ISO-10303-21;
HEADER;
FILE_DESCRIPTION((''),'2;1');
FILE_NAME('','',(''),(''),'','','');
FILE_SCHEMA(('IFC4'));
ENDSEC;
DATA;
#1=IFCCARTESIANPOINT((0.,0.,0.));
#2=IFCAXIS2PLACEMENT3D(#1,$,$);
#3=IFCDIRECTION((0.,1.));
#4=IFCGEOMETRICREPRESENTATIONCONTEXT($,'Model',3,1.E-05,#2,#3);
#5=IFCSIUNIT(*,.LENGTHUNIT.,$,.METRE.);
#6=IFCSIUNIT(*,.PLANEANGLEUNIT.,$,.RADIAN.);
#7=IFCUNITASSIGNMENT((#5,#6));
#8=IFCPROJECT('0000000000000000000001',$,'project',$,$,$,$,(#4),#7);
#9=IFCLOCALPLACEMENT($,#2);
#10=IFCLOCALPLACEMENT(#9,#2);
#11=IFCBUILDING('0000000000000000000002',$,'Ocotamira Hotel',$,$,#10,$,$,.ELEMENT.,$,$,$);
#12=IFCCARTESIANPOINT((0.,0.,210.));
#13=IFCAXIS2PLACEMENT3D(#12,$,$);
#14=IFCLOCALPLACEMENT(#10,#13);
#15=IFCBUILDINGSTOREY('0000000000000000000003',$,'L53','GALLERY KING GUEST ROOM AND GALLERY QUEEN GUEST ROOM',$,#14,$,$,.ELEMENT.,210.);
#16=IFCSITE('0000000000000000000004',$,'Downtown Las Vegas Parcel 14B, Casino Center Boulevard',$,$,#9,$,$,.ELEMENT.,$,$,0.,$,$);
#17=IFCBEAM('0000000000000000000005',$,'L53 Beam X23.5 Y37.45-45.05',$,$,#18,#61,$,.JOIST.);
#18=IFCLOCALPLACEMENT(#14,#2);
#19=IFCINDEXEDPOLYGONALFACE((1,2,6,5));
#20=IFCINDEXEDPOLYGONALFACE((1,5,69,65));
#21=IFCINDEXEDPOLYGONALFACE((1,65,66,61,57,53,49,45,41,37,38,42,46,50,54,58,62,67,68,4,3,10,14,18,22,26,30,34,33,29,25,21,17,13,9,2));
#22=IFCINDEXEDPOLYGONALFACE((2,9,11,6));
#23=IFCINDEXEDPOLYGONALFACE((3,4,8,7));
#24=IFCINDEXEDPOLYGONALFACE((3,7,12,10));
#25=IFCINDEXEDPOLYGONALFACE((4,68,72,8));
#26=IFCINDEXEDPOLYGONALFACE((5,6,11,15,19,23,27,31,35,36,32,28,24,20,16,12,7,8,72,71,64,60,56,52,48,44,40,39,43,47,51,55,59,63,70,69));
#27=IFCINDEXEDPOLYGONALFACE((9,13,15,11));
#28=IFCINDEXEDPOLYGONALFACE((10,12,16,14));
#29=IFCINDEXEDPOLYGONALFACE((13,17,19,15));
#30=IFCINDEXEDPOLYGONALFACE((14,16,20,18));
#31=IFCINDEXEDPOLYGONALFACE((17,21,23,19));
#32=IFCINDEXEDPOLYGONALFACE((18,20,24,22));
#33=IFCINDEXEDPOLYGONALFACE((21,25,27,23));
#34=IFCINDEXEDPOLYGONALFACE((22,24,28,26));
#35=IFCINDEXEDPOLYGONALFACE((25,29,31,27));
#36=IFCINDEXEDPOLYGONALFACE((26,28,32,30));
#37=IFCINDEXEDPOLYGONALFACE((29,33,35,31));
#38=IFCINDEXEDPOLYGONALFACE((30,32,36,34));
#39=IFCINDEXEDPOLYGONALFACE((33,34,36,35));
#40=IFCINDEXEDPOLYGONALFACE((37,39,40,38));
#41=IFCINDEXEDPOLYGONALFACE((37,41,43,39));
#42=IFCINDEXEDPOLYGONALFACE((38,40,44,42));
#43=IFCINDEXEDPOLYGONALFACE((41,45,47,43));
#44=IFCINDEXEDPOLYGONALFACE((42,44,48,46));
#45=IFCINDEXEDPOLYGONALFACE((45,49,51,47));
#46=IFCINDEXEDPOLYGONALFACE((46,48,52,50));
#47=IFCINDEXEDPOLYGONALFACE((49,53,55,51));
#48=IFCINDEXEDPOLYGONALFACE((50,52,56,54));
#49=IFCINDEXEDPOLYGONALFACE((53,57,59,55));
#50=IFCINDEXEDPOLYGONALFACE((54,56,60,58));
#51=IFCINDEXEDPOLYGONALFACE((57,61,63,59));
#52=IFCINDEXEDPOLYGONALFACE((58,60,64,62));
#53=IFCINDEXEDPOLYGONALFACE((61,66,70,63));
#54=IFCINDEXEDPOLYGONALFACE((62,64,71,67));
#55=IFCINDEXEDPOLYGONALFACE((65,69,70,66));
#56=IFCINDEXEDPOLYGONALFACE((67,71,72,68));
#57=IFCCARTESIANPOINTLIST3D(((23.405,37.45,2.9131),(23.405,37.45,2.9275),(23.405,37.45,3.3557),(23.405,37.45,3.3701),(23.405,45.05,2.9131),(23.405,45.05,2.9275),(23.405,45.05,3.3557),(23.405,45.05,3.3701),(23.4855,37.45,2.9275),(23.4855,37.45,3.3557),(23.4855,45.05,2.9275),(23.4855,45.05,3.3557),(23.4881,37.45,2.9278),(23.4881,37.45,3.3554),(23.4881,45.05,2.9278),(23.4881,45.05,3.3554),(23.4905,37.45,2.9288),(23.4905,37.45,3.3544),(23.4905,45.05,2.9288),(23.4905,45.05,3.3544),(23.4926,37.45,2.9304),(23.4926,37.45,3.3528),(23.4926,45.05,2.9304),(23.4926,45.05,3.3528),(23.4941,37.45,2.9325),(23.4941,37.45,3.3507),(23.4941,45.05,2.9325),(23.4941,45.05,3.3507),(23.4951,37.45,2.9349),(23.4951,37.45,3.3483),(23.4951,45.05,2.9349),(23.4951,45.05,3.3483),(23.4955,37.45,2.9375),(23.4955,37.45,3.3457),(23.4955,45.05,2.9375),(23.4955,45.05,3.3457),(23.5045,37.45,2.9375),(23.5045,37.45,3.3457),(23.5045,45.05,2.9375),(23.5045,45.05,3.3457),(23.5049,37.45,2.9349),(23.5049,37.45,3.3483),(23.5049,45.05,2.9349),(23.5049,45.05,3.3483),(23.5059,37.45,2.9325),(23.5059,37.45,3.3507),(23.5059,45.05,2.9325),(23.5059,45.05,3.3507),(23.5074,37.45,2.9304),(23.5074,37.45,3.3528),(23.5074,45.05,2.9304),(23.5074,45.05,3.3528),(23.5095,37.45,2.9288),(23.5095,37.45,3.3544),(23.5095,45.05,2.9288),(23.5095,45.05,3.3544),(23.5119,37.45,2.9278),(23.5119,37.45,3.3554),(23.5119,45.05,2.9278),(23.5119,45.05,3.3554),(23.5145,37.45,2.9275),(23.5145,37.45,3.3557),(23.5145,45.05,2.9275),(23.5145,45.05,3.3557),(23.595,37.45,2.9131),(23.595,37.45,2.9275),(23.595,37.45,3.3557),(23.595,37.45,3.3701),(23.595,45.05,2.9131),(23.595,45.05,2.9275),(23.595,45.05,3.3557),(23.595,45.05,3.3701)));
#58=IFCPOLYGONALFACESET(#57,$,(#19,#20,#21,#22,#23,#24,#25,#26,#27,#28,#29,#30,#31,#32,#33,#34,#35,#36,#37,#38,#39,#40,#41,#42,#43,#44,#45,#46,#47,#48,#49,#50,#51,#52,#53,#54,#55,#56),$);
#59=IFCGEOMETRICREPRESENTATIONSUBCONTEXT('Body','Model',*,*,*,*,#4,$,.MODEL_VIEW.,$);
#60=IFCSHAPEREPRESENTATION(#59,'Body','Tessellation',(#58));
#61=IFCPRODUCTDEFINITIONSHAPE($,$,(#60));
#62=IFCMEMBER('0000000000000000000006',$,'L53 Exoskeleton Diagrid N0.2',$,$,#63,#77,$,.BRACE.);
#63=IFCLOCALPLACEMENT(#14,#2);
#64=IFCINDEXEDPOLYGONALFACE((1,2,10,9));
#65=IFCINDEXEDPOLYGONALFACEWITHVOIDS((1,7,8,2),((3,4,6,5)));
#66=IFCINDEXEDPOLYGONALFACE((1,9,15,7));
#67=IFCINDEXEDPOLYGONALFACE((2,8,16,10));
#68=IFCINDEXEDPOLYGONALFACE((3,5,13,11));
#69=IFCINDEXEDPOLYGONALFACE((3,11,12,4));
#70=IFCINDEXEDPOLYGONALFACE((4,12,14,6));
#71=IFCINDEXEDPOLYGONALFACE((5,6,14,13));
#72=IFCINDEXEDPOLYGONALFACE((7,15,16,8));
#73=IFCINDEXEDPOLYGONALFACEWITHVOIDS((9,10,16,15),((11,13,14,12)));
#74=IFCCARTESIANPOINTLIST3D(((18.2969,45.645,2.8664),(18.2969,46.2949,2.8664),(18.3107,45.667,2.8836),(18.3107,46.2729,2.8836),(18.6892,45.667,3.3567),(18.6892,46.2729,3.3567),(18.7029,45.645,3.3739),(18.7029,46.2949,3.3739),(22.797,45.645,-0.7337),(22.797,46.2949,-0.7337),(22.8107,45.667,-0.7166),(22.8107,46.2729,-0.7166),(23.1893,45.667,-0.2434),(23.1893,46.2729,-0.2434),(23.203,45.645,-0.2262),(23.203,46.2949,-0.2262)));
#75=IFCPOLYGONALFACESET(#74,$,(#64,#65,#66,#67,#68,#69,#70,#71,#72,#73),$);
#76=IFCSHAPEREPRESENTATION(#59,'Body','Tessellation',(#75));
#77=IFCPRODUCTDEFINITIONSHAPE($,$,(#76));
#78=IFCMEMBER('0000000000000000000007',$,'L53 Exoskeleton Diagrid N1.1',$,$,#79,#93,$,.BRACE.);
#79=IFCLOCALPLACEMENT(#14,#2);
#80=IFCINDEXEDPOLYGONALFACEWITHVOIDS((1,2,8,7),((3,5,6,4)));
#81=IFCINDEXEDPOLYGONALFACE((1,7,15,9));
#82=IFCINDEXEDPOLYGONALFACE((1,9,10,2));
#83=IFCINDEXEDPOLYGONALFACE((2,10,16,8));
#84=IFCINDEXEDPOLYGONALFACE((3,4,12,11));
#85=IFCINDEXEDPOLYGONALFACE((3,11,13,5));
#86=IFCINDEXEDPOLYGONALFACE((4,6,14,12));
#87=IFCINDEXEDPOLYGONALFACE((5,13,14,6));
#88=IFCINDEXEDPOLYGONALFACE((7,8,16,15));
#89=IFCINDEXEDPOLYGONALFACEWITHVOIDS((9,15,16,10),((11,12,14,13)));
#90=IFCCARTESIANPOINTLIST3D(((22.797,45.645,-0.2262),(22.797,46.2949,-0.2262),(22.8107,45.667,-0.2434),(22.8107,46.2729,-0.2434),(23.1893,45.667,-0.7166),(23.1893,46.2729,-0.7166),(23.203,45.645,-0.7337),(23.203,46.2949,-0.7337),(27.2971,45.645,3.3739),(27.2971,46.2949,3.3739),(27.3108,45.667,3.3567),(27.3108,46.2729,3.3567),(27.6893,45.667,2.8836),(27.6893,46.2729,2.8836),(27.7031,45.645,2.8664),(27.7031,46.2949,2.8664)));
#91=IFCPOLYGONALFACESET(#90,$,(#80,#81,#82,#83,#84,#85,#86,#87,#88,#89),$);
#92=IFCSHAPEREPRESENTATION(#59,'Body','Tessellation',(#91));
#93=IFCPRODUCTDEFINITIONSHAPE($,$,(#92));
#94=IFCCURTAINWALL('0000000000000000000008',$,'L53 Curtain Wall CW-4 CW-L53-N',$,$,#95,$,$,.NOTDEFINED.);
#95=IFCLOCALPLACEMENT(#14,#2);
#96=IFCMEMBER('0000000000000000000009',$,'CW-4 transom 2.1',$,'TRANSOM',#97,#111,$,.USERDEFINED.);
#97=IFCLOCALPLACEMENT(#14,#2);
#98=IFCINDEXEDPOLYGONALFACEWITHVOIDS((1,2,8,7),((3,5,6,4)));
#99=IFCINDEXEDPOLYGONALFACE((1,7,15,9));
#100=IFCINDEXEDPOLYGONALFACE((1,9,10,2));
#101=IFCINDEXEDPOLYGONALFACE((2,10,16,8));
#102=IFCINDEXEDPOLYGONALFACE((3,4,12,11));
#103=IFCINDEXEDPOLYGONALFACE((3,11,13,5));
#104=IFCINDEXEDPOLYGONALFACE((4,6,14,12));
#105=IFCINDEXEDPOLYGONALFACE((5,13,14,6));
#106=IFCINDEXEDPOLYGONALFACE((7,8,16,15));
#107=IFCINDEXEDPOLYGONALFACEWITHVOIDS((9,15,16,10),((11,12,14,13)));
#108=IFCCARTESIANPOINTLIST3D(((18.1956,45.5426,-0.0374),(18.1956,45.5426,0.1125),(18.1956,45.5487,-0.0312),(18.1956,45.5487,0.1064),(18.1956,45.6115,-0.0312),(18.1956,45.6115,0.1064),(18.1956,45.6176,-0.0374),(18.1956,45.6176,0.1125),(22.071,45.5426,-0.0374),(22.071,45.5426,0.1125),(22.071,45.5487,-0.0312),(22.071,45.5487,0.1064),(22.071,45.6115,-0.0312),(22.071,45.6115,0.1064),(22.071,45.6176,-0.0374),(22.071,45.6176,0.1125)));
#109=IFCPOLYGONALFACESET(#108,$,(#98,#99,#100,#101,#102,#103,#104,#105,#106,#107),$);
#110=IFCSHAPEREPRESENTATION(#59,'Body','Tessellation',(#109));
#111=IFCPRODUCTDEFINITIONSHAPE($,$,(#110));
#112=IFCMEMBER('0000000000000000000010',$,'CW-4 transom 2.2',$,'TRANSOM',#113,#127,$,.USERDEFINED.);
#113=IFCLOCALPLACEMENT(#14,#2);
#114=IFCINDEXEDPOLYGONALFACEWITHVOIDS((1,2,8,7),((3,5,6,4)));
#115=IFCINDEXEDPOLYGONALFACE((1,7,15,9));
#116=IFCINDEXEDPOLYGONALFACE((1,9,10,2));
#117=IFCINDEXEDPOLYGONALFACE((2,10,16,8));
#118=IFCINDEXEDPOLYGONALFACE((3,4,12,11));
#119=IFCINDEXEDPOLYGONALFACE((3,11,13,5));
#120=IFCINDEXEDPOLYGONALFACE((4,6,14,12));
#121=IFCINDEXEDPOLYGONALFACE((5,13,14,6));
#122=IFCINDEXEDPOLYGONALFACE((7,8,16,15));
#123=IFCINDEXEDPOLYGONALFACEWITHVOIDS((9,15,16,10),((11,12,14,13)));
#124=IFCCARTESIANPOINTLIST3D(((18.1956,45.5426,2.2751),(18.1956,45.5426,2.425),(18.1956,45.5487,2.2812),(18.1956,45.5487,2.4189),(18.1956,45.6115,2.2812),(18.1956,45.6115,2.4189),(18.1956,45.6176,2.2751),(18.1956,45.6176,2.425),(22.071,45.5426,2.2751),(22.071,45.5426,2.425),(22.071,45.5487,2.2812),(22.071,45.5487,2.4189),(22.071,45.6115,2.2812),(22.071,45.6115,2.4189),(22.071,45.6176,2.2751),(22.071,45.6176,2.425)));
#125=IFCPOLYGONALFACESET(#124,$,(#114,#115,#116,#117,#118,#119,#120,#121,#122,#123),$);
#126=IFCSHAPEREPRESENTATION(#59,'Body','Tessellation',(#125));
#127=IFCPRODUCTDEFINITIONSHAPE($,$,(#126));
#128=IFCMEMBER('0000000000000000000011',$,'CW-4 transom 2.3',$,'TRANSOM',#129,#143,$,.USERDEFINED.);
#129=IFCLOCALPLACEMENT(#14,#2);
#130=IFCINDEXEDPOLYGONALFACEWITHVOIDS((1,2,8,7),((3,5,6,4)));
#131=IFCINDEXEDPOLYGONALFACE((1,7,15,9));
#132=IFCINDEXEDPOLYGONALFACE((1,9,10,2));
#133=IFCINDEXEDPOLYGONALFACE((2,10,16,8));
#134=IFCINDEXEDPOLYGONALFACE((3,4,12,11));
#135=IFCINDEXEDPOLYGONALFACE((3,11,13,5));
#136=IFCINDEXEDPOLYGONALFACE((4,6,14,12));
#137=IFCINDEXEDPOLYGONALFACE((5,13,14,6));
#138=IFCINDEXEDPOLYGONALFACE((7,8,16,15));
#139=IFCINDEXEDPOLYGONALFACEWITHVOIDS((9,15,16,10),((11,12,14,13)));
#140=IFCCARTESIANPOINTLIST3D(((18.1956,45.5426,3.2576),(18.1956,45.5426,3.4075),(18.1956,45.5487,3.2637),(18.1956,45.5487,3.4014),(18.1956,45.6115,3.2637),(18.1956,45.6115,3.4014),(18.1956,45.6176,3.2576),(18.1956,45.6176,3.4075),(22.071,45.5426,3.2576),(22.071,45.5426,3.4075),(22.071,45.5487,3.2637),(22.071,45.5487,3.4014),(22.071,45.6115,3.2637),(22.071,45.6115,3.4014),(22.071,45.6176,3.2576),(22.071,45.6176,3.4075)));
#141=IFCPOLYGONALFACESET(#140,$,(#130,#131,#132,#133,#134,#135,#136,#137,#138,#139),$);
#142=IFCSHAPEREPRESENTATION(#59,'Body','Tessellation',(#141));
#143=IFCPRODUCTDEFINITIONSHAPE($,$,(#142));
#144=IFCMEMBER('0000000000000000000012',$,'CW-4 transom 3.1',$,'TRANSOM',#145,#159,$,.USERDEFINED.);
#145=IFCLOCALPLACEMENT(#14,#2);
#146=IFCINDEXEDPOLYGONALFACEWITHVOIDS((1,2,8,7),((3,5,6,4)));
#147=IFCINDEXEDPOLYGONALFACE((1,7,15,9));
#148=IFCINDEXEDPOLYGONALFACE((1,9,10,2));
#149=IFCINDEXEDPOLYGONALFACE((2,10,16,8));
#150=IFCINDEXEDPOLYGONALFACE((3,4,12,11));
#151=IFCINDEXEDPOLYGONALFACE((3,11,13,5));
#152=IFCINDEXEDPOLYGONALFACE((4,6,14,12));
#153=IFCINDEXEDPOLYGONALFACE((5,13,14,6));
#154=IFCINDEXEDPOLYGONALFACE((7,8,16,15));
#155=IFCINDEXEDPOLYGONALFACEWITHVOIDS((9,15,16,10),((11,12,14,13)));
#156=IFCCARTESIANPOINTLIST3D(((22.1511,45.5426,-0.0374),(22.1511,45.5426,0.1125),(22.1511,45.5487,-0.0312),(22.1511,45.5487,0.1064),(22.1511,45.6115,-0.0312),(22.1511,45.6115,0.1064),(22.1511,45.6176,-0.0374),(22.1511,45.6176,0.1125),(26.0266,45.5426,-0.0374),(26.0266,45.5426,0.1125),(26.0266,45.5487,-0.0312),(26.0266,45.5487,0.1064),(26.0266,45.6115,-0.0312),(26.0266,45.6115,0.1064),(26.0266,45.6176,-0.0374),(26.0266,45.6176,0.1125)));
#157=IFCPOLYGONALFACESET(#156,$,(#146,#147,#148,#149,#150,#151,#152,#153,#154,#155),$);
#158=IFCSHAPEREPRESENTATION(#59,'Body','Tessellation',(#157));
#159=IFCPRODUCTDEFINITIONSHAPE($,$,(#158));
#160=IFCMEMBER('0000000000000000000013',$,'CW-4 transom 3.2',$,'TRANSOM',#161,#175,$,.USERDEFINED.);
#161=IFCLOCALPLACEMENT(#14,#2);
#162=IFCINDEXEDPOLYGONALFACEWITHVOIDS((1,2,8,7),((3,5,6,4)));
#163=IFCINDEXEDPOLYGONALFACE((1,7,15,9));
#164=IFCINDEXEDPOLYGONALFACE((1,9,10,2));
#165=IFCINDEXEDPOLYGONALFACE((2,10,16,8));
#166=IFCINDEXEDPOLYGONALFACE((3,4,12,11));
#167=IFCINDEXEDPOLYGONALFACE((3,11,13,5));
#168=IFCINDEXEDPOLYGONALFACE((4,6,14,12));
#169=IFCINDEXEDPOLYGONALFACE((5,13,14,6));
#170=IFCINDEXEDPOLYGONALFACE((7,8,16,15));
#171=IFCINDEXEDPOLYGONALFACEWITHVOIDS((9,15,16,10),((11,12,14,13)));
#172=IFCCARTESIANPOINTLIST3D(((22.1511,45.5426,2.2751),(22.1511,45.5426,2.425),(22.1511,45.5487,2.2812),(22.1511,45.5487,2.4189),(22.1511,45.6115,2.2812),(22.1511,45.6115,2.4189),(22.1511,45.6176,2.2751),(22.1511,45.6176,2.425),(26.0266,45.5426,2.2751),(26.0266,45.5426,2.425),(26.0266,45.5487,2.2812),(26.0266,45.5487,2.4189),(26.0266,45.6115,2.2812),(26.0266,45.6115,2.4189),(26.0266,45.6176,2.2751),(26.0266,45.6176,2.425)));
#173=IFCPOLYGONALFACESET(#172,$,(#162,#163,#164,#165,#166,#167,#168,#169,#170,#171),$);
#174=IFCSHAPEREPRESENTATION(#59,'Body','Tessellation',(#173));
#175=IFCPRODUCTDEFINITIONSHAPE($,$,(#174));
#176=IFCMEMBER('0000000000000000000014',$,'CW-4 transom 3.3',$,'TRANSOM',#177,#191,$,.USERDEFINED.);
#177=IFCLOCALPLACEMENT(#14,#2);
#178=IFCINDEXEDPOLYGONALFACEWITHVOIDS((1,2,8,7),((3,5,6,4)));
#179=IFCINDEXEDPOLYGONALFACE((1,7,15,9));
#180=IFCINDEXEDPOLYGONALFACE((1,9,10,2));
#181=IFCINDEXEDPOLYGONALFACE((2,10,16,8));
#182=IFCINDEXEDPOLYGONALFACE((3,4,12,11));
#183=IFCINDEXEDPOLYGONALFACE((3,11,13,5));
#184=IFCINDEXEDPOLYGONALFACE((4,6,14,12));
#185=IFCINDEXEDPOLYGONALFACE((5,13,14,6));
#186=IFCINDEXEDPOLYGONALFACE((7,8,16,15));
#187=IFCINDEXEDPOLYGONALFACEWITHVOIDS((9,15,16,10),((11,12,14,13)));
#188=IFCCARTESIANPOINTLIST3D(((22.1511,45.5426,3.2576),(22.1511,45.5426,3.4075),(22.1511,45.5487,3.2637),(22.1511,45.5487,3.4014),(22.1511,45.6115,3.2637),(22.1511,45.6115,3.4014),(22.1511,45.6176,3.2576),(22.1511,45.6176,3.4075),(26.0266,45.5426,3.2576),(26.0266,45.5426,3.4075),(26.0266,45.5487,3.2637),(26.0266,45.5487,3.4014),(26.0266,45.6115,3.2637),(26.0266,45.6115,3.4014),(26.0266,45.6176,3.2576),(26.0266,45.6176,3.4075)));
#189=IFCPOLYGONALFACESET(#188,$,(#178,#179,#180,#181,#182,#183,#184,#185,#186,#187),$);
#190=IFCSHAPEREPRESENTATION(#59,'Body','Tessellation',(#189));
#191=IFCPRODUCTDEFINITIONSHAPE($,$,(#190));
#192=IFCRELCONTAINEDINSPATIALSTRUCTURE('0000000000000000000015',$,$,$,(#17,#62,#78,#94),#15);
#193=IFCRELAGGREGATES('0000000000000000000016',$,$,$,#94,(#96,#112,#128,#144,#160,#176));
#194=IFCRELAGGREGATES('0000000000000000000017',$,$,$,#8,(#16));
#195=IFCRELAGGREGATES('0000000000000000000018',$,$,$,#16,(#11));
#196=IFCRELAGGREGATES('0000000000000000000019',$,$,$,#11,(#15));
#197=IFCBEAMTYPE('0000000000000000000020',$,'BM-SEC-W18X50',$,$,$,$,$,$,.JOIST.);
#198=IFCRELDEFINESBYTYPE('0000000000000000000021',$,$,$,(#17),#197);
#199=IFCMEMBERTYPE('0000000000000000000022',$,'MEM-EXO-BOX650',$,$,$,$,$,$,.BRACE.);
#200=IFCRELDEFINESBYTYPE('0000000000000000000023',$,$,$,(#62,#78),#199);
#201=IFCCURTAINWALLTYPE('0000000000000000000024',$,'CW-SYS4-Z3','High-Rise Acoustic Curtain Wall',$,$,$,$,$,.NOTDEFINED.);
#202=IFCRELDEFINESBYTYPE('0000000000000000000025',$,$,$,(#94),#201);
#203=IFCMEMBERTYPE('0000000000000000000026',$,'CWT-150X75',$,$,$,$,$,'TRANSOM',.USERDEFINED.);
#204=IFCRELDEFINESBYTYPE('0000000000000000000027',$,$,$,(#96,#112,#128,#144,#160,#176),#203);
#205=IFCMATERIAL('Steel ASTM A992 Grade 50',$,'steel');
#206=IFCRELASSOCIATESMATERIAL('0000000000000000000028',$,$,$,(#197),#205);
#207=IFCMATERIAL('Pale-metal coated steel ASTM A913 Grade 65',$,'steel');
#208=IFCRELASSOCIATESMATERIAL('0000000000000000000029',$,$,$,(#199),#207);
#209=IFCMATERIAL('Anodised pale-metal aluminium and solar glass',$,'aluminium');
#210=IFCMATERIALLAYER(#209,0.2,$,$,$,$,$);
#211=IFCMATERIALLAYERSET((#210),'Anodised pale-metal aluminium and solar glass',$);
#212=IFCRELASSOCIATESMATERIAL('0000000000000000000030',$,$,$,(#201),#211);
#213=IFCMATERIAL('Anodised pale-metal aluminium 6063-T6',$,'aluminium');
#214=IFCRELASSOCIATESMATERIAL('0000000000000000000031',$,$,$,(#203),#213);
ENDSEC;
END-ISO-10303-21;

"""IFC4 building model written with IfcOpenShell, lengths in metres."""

from ifc_helpers import new_model, si_unit, direction, frame, origin, origin_2d, place, context, subcontext, project, spatial, hollow_rectangle, i_section, extrude, source, transform, mapped, material, layer, layer_set, material_profile, profile_set, type_object, element, aggregate, save


model = new_model("IFC4")

# Units and contexts
model_context = context("Model", 3, precision=1e-05, world=origin(), true_north=direction((0.0, 1.0)))
body_context = subcontext(model_context, "Body", "Model", "MODEL_VIEW")
ifc_project = project(units=[si_unit("LENGTHUNIT", "METRE"), si_unit("PLANEANGLEUNIT", "RADIAN")], contexts=[model_context])

# Site, building, storey
site_placement = place(None, origin())
site = spatial("IfcSite", under=ifc_project, at=site_placement, Name="Downtown Las Vegas Parcel 14B, Casino Center Boulevard", CompositionType="ELEMENT", RefElevation=0.0)
building_placement = place(site_placement, origin())
building = spatial("IfcBuilding", under=site, at=building_placement, Name="Ocotamira Hotel", CompositionType="ELEMENT")
storey_placement = place(building_placement, frame((0.0, 0.0, 210.0)))
storey = spatial("IfcBuildingStorey", under=building, at=storey_placement, Name="L53", Description="GALLERY KING GUEST ROOM AND GALLERY QUEEN GUEST ROOM", CompositionType="ELEMENT", Elevation=210.0)

# Beam
ifc_material_1 = material(Name="Steel ASTM A992 Grade 50", Category="steel")
ifc_material_profile_1 = material_profile(ifc_material_1, i_section(OverallWidth=0.1899, OverallDepth=0.457, WebThickness=0.009, FlangeThickness=0.0144, FilletRadius=0.01, at=origin_2d()), Name="W18X50")
ifc_profile_set_1 = profile_set([ifc_material_profile_1], Name="Steel ASTM A992 Grade 50")
beam_type_1 = type_object("IfcBeamType", Name="BM-SEC-W18X50", PredefinedType="JOIST", material=ifc_profile_set_1)
shared_shape_1 = source(origin(), body_context, "Body", "SweptSolid", [
    extrude(i_section(OverallWidth=0.1899, OverallDepth=0.457, WebThickness=0.009, FlangeThickness=0.0144, FilletRadius=0.01, at=origin_2d()), origin(), (0.0, 0.0, 1.0), 7.6001),
])
beam_1_placement = place(storey_placement, frame((23.5, 37.45, 3.1416), z_axis=(0.0, 1.0, 0.0), x_axis=(-1.0, 0.0, 0.0)))
element("IfcBeam", 1, at=beam_1_placement, inside=storey, type_object=beam_type_1, Name="L53 Beam X23.5 Y37.45-45.05", PredefinedType="JOIST", context=body_context, shape_type="MappedRepresentation", body=[
    mapped(shared_shape_1, transform((0.0, 0.0, 0.0), scale=1.0)),
])

# Members
ifc_material_2 = material(Name="Pale-metal coated steel ASTM A913 Grade 65", Category="steel")
ifc_material_profile_2 = material_profile(ifc_material_2, hollow_rectangle(XDim=0.6499, YDim=0.6499, WallThickness=0.022, at=origin_2d()), Name="BOX650X650X22")
ifc_profile_set_2 = profile_set([ifc_material_profile_2], Name="Pale-metal coated steel ASTM A913 Grade 65")
member_type_1 = type_object("IfcMemberType", Name="MEM-EXO-BOX650", PredefinedType="BRACE", material=ifc_profile_set_2)
shared_shape_2 = source(origin(), body_context, "Body", "SweptSolid", [
    extrude(hollow_rectangle(XDim=0.6499, YDim=0.6499, WallThickness=0.022, at=origin_2d()), origin(), (0.0, 0.0, 1.0), 5.7629),
])
for number, where, z_axis, x_axis, name in (
    (2, (23.0, 45.97, -0.48), (-0.780861, 0.0, 0.624705), (0.0, -1.0, 0.0), "L53 Exoskeleton Diagrid N0.2"),
    (3, (23.0, 45.97, -0.48), (0.780861, 0.0, 0.624705), (0.0, 1.0, 0.0), "L53 Exoskeleton Diagrid N1.1"),
):
    element("IfcMember", number, at=place(storey_placement, frame(where, z_axis=z_axis, x_axis=x_axis)), inside=storey, type_object=member_type_1, Name=name, PredefinedType="BRACE", context=body_context, shape_type="MappedRepresentation", body=[
        mapped(shared_shape_2, transform((0.0, 0.0, 0.0), scale=1.0)),
    ])

# Curtain wall, members
ifc_material_3 = material(Name="Anodised pale-metal aluminium and solar glass", Category="aluminium")
ifc_layer_1 = layer(ifc_material_3, 0.2)
ifc_layer_set_1 = layer_set([ifc_layer_1], Name="Anodised pale-metal aluminium and solar glass")
curtain_wall_type = type_object("IfcCurtainWallType", Name="CW-SYS4-Z3", Description="High-Rise Acoustic Curtain Wall", PredefinedType="NOTDEFINED", material=ifc_layer_set_1)
curtain_wall_placement = place(storey_placement, origin())
curtain_wall = element("IfcCurtainWall", 4, at=curtain_wall_placement, inside=storey, type_object=curtain_wall_type, Name="L53 Curtain Wall CW-4 CW-L53-N", PredefinedType="NOTDEFINED")
ifc_material_4 = material(Name="Anodised pale-metal aluminium 6063-T6", Category="aluminium")
ifc_material_profile_3 = material_profile(ifc_material_4, hollow_rectangle(XDim=0.075, YDim=0.1499, WallThickness=0.0061, at=origin_2d()), Name="HSS150X75X6")
ifc_profile_set_3 = profile_set([ifc_material_profile_3], Name="Anodised pale-metal aluminium 6063-T6")
member_type_2 = type_object("IfcMemberType", Name="CWT-150X75", ElementType="TRANSOM", PredefinedType="USERDEFINED", material=ifc_profile_set_3)
shared_shape_3 = source(origin(), body_context, "Body", "SweptSolid", [
    extrude(hollow_rectangle(XDim=0.075, YDim=0.1499, WallThickness=0.0061, at=origin_2d()), origin(), (0.0, 0.0, 1.0), 3.8755),
])
member_1_placement = place(storey_placement, frame((18.1956, 45.5801, 0.0376), z_axis=(1.0, 0.0, 0.0), x_axis=(0.0, 1.0, 0.0)))
member_1 = element("IfcMember", 5, at=member_1_placement, type_object=member_type_2, Name="CW-4 transom 2.1", ObjectType="TRANSOM", PredefinedType="USERDEFINED", context=body_context, shape_type="MappedRepresentation", body=[
    mapped(shared_shape_3, transform((0.0, 0.0, 0.0), scale=1.0)),
])
member_2_placement = place(storey_placement, frame((18.1956, 45.5801, 2.3501), z_axis=(1.0, 0.0, 0.0), x_axis=(0.0, 1.0, 0.0)))
member_2 = element("IfcMember", 6, at=member_2_placement, type_object=member_type_2, Name="CW-4 transom 2.2", ObjectType="TRANSOM", PredefinedType="USERDEFINED", context=body_context, shape_type="MappedRepresentation", body=[
    mapped(shared_shape_3, transform((0.0, 0.0, 0.0), scale=1.0)),
])
member_3_placement = place(storey_placement, frame((18.1956, 45.5801, 3.3325), z_axis=(1.0, 0.0, 0.0), x_axis=(0.0, 1.0, 0.0)))
member_3 = element("IfcMember", 7, at=member_3_placement, type_object=member_type_2, Name="CW-4 transom 2.3", ObjectType="TRANSOM", PredefinedType="USERDEFINED", context=body_context, shape_type="MappedRepresentation", body=[
    mapped(shared_shape_3, transform((0.0, 0.0, 0.0), scale=1.0)),
])
member_4_placement = place(storey_placement, frame((22.1511, 45.5801, 0.0376), z_axis=(1.0, 0.0, 0.0), x_axis=(0.0, 1.0, 0.0)))
member_4 = element("IfcMember", 8, at=member_4_placement, type_object=member_type_2, Name="CW-4 transom 3.1", ObjectType="TRANSOM", PredefinedType="USERDEFINED", context=body_context, shape_type="MappedRepresentation", body=[
    mapped(shared_shape_3, transform((0.0, 0.0, 0.0), scale=1.0)),
])
member_5_placement = place(storey_placement, frame((22.1511, 45.5801, 2.3501), z_axis=(1.0, 0.0, 0.0), x_axis=(0.0, 1.0, 0.0)))
member_5 = element("IfcMember", 9, at=member_5_placement, type_object=member_type_2, Name="CW-4 transom 3.2", ObjectType="TRANSOM", PredefinedType="USERDEFINED", context=body_context, shape_type="MappedRepresentation", body=[
    mapped(shared_shape_3, transform((0.0, 0.0, 0.0), scale=1.0)),
])
member_6_placement = place(storey_placement, frame((22.1511, 45.5801, 3.3325), z_axis=(1.0, 0.0, 0.0), x_axis=(0.0, 1.0, 0.0)))
member_6 = element("IfcMember", 10, at=member_6_placement, type_object=member_type_2, Name="CW-4 transom 3.3", ObjectType="TRANSOM", PredefinedType="USERDEFINED", context=body_context, shape_type="MappedRepresentation", body=[
    mapped(shared_shape_3, transform((0.0, 0.0, 0.0), scale=1.0)),
])

aggregate(curtain_wall, [member_1, member_2, member_3, member_4, member_5, member_6])

save(model, "model.ifc")
